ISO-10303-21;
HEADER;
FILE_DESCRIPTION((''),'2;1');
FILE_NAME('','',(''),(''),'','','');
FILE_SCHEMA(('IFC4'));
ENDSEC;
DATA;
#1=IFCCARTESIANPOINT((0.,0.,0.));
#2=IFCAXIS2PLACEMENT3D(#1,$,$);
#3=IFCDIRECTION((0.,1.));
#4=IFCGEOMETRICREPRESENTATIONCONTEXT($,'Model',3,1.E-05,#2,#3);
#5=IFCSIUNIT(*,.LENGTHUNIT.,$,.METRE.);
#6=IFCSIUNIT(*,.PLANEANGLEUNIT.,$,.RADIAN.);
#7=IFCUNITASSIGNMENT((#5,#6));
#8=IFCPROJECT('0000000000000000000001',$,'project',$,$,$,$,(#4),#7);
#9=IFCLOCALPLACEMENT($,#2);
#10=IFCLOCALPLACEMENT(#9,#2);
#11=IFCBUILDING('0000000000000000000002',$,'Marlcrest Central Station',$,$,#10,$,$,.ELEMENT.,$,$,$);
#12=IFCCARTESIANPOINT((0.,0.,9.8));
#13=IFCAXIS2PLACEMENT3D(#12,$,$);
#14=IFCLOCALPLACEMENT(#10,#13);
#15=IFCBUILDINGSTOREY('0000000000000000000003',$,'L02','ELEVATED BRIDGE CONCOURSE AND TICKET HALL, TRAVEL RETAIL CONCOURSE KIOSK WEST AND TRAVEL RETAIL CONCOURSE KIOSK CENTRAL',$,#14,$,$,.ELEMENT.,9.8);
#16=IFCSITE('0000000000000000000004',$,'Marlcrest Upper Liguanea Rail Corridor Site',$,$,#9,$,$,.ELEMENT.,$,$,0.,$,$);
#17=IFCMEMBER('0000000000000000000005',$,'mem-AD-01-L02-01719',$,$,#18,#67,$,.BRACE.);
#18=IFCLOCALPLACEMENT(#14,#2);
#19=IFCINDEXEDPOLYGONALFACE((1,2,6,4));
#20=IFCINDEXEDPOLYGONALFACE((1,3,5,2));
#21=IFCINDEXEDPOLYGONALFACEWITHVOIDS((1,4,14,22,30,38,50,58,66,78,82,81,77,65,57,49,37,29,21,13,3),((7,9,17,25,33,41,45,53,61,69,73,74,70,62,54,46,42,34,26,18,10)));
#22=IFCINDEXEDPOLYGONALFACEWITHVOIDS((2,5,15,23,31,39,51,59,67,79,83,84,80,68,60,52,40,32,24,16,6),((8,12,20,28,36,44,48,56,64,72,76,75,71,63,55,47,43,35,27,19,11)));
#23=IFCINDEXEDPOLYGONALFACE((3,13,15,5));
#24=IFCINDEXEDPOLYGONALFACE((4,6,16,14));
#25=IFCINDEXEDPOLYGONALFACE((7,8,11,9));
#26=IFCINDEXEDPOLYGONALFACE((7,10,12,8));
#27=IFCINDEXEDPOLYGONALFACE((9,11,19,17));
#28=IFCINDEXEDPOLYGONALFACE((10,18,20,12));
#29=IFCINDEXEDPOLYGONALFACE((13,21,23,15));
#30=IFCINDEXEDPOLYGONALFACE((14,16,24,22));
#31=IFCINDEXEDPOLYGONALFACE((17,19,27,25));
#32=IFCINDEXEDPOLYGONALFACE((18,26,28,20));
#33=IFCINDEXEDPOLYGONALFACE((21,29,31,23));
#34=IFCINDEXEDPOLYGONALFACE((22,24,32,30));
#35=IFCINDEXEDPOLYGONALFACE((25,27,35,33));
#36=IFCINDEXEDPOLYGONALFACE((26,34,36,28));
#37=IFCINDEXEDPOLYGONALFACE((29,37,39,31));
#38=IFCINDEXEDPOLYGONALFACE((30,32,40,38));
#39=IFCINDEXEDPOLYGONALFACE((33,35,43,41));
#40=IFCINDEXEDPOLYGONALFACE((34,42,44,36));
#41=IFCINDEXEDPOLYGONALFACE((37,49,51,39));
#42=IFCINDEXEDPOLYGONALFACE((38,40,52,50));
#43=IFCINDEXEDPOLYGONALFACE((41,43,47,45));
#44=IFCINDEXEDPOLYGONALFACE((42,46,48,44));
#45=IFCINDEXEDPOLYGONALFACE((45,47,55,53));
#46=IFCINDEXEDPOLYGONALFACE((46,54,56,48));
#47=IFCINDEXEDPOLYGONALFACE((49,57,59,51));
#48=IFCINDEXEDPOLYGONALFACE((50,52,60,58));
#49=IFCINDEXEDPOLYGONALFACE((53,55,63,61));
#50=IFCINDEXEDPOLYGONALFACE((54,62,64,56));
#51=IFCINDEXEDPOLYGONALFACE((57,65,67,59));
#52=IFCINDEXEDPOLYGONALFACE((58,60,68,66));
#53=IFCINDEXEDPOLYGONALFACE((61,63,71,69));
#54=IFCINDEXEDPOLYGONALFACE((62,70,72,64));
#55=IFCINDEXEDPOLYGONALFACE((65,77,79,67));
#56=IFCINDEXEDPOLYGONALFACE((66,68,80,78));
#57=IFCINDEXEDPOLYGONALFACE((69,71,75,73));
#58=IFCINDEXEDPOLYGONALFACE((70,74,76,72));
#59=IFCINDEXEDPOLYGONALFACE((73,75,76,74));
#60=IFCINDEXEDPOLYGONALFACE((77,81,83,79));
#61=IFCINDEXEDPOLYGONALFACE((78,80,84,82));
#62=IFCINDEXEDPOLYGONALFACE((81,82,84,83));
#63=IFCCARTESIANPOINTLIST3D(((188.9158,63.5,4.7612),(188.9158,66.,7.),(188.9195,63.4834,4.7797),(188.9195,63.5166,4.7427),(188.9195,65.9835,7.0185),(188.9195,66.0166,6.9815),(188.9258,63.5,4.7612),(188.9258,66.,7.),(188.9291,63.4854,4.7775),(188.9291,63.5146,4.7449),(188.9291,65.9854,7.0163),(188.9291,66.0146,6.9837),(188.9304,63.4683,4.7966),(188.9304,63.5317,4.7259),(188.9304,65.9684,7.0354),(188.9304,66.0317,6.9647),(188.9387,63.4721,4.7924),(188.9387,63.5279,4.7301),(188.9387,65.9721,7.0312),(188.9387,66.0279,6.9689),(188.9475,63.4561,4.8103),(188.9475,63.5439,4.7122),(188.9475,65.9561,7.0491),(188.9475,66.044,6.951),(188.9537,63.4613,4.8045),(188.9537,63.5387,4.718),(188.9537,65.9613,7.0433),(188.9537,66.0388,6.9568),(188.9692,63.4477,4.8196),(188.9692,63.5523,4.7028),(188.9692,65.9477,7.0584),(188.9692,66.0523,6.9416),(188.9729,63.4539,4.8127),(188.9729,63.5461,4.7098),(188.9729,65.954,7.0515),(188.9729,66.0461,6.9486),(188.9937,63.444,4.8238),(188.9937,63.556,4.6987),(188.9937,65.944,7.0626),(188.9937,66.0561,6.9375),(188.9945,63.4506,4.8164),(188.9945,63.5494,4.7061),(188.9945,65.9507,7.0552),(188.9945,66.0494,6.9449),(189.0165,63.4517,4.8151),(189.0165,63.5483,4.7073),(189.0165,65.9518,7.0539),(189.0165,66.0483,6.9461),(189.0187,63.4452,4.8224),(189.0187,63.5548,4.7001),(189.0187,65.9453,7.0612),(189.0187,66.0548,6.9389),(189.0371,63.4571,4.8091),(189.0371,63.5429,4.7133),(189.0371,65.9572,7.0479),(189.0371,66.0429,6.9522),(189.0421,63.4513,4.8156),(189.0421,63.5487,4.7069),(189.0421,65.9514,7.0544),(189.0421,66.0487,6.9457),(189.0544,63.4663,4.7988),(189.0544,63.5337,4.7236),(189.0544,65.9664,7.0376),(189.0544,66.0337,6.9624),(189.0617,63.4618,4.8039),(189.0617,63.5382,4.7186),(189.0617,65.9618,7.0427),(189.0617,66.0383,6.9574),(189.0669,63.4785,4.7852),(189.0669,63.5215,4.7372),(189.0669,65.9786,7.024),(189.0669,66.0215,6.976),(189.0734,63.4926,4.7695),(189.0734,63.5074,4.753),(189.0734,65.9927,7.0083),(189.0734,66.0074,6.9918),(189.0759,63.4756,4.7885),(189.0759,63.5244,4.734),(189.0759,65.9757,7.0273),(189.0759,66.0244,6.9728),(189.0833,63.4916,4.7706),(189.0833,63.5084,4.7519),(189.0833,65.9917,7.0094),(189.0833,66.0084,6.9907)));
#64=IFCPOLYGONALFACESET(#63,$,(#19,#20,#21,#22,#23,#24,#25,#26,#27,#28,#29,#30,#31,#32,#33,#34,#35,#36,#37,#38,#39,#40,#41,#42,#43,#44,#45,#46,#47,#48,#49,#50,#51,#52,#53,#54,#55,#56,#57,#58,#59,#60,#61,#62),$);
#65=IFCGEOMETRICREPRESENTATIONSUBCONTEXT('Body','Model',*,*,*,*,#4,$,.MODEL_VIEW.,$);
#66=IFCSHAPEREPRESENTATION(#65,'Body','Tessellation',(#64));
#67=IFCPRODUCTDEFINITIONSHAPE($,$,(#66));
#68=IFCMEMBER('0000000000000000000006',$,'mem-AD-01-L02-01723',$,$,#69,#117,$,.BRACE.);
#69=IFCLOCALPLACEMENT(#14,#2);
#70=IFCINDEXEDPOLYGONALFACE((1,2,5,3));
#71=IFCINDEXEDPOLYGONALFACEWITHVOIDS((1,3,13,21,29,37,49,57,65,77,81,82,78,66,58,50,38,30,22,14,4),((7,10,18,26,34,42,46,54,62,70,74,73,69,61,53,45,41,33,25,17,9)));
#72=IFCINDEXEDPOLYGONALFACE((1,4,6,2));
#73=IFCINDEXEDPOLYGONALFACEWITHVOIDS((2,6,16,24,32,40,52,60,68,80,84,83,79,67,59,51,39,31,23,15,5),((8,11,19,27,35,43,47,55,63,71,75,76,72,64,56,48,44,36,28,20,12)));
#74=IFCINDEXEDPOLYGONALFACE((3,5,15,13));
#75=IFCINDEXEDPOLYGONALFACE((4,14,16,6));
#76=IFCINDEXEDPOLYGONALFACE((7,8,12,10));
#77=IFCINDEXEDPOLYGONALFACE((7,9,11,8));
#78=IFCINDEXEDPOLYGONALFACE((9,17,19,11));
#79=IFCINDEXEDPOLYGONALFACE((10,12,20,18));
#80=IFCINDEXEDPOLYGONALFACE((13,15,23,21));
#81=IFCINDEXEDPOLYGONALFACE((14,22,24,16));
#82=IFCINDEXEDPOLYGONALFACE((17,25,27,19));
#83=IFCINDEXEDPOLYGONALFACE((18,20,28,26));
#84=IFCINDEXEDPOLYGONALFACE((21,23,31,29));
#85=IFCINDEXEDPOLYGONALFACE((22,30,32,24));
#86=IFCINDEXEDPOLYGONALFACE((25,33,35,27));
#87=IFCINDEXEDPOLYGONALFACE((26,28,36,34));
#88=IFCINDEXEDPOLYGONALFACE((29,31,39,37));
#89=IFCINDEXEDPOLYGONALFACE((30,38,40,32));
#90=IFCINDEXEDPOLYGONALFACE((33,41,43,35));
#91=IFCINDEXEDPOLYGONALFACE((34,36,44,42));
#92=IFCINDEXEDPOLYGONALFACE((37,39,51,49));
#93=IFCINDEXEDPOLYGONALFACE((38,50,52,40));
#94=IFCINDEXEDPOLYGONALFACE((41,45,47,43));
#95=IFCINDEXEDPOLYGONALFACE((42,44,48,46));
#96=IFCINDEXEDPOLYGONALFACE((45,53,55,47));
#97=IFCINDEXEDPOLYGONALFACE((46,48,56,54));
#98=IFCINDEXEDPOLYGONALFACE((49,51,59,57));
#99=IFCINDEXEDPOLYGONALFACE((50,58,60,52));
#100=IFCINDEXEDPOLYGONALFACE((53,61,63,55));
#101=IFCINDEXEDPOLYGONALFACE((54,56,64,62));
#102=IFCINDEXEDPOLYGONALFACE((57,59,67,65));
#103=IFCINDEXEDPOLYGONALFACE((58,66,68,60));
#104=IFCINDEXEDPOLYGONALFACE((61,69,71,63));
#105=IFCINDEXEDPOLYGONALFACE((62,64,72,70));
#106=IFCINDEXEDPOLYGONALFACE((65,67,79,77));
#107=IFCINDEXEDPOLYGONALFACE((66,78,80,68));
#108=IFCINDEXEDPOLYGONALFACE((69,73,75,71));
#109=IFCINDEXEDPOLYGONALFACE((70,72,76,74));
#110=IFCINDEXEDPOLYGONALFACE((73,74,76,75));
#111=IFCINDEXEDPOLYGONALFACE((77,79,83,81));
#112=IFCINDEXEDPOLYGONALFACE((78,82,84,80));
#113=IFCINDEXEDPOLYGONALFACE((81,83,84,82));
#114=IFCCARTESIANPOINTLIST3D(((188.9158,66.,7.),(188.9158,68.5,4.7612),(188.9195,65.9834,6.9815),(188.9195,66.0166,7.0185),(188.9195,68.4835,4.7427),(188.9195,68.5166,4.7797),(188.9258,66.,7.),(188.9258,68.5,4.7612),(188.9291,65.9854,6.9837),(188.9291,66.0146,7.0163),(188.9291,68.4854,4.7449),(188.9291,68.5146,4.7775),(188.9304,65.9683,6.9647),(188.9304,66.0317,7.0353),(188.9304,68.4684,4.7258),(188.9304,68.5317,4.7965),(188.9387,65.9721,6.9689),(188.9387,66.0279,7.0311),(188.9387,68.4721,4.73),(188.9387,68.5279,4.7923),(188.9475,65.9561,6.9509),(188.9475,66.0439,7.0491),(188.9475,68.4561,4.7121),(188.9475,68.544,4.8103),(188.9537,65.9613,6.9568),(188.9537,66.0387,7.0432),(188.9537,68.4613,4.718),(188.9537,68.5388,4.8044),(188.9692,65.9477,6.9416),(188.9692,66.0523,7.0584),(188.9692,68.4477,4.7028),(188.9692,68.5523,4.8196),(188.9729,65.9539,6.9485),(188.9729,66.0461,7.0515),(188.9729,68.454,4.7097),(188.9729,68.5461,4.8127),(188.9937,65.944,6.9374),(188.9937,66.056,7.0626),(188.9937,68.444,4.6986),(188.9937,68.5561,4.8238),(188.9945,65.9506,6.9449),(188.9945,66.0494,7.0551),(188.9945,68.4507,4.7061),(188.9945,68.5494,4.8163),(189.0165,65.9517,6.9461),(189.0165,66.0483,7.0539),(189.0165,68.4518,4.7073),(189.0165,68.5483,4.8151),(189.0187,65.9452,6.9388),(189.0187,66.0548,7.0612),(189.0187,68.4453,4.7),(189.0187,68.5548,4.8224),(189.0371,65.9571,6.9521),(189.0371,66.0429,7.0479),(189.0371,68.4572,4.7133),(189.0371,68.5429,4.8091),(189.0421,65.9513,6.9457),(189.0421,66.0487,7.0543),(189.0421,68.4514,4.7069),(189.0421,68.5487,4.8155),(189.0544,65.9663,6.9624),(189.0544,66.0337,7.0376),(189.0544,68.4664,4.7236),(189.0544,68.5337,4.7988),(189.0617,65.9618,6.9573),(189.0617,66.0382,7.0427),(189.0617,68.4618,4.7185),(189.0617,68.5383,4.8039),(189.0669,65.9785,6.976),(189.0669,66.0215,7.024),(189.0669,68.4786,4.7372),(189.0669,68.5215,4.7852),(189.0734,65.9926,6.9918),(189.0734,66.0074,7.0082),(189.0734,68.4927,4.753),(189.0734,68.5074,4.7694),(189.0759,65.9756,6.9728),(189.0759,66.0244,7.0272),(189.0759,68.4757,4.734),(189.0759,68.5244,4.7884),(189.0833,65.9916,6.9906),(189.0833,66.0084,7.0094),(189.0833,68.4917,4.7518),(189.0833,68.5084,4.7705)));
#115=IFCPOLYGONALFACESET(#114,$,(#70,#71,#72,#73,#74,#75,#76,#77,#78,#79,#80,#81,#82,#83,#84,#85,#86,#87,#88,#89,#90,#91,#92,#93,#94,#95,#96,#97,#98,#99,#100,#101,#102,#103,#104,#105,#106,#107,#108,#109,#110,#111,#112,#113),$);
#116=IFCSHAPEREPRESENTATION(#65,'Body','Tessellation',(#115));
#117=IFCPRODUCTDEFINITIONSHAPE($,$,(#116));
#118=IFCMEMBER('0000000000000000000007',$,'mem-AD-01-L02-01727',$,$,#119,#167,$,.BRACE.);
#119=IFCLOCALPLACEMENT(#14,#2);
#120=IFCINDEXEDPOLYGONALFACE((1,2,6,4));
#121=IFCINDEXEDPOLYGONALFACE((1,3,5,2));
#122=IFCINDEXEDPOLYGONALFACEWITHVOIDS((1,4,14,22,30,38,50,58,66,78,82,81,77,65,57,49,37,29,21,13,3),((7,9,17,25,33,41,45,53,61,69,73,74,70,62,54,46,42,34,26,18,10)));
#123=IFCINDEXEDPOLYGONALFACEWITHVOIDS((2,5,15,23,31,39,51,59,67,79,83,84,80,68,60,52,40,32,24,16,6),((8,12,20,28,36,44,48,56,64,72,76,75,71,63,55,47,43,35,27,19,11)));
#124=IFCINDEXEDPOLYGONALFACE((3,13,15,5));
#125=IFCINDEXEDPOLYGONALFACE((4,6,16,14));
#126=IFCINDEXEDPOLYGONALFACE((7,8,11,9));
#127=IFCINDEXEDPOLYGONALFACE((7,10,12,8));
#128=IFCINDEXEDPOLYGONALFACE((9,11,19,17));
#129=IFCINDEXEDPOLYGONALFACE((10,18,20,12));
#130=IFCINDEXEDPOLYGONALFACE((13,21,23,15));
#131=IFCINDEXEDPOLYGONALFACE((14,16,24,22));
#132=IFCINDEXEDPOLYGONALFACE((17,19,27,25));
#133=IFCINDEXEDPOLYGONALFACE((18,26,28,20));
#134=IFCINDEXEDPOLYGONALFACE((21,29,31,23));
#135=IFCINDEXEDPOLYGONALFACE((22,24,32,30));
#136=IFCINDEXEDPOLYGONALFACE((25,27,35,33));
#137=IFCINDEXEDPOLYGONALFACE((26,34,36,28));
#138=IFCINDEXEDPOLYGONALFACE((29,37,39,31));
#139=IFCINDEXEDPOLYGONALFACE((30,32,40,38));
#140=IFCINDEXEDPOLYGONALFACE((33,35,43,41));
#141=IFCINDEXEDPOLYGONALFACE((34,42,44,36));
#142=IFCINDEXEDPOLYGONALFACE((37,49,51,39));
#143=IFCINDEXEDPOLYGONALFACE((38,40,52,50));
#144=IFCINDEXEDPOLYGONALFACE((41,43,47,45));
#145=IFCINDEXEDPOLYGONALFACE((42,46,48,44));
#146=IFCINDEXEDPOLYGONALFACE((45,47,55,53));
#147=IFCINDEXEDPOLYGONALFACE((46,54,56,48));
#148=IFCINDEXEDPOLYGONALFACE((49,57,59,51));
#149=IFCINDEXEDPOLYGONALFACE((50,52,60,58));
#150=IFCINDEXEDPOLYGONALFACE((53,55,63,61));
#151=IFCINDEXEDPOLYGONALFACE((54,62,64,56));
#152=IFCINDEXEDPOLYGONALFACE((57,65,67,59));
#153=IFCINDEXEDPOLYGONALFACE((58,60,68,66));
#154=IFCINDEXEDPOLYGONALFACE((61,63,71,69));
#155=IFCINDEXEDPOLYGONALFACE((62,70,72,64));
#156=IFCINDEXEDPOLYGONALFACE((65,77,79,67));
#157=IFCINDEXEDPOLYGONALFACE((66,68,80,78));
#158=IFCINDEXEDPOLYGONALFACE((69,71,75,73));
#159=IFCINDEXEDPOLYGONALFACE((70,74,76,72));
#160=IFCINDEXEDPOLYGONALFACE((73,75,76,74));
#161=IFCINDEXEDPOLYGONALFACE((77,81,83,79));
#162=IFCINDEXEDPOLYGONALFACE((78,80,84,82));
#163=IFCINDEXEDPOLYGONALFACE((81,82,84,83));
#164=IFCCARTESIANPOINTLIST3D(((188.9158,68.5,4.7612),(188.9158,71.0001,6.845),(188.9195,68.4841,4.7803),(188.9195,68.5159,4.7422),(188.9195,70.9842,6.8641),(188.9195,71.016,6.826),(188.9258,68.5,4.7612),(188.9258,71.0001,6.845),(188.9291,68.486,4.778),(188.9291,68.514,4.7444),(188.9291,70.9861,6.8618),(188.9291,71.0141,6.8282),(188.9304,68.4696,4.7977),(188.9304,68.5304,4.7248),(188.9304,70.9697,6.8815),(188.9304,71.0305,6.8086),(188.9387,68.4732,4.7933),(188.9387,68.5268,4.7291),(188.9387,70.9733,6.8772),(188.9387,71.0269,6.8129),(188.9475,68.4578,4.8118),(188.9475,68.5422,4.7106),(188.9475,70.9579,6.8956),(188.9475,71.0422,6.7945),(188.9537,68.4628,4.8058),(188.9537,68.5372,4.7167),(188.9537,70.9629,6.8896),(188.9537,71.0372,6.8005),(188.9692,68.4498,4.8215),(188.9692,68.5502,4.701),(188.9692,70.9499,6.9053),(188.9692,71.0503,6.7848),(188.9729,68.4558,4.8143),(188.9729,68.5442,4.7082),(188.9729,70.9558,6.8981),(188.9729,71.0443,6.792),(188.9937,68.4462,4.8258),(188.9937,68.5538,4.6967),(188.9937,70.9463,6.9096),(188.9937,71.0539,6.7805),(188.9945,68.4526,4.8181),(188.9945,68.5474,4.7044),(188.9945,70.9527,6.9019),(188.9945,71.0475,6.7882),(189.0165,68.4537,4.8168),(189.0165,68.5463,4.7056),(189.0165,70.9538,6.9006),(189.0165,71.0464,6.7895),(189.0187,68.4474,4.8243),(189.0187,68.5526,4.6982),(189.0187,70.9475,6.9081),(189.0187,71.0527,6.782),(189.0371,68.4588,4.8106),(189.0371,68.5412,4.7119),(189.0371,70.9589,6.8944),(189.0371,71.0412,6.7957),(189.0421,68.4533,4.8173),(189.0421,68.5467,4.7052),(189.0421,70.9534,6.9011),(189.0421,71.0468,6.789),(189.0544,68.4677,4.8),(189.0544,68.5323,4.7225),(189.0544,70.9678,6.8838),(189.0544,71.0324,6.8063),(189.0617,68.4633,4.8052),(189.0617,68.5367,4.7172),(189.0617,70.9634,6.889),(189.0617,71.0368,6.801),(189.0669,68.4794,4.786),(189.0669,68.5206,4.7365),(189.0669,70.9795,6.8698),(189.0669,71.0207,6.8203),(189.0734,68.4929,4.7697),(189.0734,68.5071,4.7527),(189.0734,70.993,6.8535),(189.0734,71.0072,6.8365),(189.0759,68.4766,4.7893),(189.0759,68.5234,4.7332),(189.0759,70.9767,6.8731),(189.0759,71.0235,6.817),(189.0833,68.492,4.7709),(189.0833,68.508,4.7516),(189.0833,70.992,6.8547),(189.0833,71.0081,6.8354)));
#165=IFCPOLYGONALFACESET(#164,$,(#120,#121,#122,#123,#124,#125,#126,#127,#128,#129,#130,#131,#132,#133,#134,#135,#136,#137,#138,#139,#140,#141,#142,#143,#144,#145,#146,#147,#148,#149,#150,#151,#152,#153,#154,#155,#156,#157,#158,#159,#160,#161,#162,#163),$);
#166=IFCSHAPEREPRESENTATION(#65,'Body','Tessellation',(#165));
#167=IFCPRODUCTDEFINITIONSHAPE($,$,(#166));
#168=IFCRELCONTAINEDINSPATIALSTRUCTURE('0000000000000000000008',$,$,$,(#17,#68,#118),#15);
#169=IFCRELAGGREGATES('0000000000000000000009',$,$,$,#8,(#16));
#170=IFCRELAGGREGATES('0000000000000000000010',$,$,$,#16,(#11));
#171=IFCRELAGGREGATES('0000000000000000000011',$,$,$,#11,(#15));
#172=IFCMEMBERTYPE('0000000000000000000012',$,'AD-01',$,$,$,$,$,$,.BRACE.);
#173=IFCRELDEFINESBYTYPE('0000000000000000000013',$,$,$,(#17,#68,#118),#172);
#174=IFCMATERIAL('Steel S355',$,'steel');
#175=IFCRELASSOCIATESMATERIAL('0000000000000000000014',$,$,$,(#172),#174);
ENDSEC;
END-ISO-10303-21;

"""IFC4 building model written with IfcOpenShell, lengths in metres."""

from ifc_helpers import new_model, si_unit, direction, frame, origin, origin_2d, place, context, subcontext, project, spatial, hollow_circle, extrude, material, material_profile, profile_set, type_object, element, save


model = new_model("IFC4")

# Units and contexts
model_context = context("Model", 3, precision=1e-05, world=origin(), true_north=direction((0.0, 1.0)))
body_context = subcontext(model_context, "Body", "Model", "MODEL_VIEW")
ifc_project = project(units=[si_unit("LENGTHUNIT", "METRE"), si_unit("PLANEANGLEUNIT", "RADIAN")], contexts=[model_context])

# Site, building, storey
site_placement = place(None, origin())
site = spatial("IfcSite", under=ifc_project, at=site_placement, Name="Marlcrest Upper Liguanea Rail Corridor Site", CompositionType="ELEMENT", RefElevation=0.0)
building_placement = place(site_placement, origin())
building = spatial("IfcBuilding", under=site, at=building_placement, Name="Marlcrest Central Station", CompositionType="ELEMENT")
storey_placement = place(building_placement, frame((0.0, 0.0, 9.8)))
storey = spatial("IfcBuildingStorey", under=building, at=storey_placement, Name="L02", Description="ELEVATED BRIDGE CONCOURSE AND TICKET HALL, TRAVEL RETAIL CONCOURSE KIOSK WEST AND TRAVEL RETAIL CONCOURSE KIOSK CENTRAL", CompositionType="ELEMENT", Elevation=9.8)

# Members
ifc_material = material(Name="Steel S355", Category="steel")
ifc_material_profile_1 = material_profile(ifc_material, hollow_circle(Radius=0.0842, WallThickness=0.01, at=origin_2d()), Name="CHS 168.3x10")
ifc_profile_set_1 = profile_set([ifc_material_profile_1], Name="Steel S355")
member_type_1 = type_object("IfcMemberType", Name="AD-01", PredefinedType="BRACE", material=ifc_profile_set_1)
for number, where, z_axis, x_axis, name in (
    (1, (189.0, 63.5, 4.7612), (0.0, 0.744956, 0.667114), (-1.0, 0.0, 0.0), "mem-AD-01-L02-01719"),
    (2, (189.0, 66.0, 7.0), (0.0, 0.744956, -0.667114), (-1.0, 0.0, 0.0), "mem-AD-01-L02-01723"),
):
    element("IfcMember", number, at=place(storey_placement, frame(where, z_axis=z_axis, x_axis=x_axis)), inside=storey, type_object=member_type_1, Name=name, PredefinedType="BRACE", context=body_context, shape_type="SweptSolid", body=[
        extrude(hollow_circle(Radius=0.0842, WallThickness=0.01, at=origin_2d()), origin(), (0.0, 0.0, 1.0), 3.356),
    ])
member_1_placement = place(storey_placement, frame((189.0, 68.5, 4.7612), z_axis=(0.0, 0.76816, 0.640258), x_axis=(-1.0, 0.0, 0.0)))
element("IfcMember", 3, at=member_1_placement, inside=storey, type_object=member_type_1, Name="mem-AD-01-L02-01727", PredefinedType="BRACE", context=body_context, shape_type="SweptSolid", body=[
    extrude(hollow_circle(Radius=0.0842, WallThickness=0.01, at=origin_2d()), origin(), (0.0, 0.0, 1.0), 3.2546),
])

save(model, "model.ifc")
